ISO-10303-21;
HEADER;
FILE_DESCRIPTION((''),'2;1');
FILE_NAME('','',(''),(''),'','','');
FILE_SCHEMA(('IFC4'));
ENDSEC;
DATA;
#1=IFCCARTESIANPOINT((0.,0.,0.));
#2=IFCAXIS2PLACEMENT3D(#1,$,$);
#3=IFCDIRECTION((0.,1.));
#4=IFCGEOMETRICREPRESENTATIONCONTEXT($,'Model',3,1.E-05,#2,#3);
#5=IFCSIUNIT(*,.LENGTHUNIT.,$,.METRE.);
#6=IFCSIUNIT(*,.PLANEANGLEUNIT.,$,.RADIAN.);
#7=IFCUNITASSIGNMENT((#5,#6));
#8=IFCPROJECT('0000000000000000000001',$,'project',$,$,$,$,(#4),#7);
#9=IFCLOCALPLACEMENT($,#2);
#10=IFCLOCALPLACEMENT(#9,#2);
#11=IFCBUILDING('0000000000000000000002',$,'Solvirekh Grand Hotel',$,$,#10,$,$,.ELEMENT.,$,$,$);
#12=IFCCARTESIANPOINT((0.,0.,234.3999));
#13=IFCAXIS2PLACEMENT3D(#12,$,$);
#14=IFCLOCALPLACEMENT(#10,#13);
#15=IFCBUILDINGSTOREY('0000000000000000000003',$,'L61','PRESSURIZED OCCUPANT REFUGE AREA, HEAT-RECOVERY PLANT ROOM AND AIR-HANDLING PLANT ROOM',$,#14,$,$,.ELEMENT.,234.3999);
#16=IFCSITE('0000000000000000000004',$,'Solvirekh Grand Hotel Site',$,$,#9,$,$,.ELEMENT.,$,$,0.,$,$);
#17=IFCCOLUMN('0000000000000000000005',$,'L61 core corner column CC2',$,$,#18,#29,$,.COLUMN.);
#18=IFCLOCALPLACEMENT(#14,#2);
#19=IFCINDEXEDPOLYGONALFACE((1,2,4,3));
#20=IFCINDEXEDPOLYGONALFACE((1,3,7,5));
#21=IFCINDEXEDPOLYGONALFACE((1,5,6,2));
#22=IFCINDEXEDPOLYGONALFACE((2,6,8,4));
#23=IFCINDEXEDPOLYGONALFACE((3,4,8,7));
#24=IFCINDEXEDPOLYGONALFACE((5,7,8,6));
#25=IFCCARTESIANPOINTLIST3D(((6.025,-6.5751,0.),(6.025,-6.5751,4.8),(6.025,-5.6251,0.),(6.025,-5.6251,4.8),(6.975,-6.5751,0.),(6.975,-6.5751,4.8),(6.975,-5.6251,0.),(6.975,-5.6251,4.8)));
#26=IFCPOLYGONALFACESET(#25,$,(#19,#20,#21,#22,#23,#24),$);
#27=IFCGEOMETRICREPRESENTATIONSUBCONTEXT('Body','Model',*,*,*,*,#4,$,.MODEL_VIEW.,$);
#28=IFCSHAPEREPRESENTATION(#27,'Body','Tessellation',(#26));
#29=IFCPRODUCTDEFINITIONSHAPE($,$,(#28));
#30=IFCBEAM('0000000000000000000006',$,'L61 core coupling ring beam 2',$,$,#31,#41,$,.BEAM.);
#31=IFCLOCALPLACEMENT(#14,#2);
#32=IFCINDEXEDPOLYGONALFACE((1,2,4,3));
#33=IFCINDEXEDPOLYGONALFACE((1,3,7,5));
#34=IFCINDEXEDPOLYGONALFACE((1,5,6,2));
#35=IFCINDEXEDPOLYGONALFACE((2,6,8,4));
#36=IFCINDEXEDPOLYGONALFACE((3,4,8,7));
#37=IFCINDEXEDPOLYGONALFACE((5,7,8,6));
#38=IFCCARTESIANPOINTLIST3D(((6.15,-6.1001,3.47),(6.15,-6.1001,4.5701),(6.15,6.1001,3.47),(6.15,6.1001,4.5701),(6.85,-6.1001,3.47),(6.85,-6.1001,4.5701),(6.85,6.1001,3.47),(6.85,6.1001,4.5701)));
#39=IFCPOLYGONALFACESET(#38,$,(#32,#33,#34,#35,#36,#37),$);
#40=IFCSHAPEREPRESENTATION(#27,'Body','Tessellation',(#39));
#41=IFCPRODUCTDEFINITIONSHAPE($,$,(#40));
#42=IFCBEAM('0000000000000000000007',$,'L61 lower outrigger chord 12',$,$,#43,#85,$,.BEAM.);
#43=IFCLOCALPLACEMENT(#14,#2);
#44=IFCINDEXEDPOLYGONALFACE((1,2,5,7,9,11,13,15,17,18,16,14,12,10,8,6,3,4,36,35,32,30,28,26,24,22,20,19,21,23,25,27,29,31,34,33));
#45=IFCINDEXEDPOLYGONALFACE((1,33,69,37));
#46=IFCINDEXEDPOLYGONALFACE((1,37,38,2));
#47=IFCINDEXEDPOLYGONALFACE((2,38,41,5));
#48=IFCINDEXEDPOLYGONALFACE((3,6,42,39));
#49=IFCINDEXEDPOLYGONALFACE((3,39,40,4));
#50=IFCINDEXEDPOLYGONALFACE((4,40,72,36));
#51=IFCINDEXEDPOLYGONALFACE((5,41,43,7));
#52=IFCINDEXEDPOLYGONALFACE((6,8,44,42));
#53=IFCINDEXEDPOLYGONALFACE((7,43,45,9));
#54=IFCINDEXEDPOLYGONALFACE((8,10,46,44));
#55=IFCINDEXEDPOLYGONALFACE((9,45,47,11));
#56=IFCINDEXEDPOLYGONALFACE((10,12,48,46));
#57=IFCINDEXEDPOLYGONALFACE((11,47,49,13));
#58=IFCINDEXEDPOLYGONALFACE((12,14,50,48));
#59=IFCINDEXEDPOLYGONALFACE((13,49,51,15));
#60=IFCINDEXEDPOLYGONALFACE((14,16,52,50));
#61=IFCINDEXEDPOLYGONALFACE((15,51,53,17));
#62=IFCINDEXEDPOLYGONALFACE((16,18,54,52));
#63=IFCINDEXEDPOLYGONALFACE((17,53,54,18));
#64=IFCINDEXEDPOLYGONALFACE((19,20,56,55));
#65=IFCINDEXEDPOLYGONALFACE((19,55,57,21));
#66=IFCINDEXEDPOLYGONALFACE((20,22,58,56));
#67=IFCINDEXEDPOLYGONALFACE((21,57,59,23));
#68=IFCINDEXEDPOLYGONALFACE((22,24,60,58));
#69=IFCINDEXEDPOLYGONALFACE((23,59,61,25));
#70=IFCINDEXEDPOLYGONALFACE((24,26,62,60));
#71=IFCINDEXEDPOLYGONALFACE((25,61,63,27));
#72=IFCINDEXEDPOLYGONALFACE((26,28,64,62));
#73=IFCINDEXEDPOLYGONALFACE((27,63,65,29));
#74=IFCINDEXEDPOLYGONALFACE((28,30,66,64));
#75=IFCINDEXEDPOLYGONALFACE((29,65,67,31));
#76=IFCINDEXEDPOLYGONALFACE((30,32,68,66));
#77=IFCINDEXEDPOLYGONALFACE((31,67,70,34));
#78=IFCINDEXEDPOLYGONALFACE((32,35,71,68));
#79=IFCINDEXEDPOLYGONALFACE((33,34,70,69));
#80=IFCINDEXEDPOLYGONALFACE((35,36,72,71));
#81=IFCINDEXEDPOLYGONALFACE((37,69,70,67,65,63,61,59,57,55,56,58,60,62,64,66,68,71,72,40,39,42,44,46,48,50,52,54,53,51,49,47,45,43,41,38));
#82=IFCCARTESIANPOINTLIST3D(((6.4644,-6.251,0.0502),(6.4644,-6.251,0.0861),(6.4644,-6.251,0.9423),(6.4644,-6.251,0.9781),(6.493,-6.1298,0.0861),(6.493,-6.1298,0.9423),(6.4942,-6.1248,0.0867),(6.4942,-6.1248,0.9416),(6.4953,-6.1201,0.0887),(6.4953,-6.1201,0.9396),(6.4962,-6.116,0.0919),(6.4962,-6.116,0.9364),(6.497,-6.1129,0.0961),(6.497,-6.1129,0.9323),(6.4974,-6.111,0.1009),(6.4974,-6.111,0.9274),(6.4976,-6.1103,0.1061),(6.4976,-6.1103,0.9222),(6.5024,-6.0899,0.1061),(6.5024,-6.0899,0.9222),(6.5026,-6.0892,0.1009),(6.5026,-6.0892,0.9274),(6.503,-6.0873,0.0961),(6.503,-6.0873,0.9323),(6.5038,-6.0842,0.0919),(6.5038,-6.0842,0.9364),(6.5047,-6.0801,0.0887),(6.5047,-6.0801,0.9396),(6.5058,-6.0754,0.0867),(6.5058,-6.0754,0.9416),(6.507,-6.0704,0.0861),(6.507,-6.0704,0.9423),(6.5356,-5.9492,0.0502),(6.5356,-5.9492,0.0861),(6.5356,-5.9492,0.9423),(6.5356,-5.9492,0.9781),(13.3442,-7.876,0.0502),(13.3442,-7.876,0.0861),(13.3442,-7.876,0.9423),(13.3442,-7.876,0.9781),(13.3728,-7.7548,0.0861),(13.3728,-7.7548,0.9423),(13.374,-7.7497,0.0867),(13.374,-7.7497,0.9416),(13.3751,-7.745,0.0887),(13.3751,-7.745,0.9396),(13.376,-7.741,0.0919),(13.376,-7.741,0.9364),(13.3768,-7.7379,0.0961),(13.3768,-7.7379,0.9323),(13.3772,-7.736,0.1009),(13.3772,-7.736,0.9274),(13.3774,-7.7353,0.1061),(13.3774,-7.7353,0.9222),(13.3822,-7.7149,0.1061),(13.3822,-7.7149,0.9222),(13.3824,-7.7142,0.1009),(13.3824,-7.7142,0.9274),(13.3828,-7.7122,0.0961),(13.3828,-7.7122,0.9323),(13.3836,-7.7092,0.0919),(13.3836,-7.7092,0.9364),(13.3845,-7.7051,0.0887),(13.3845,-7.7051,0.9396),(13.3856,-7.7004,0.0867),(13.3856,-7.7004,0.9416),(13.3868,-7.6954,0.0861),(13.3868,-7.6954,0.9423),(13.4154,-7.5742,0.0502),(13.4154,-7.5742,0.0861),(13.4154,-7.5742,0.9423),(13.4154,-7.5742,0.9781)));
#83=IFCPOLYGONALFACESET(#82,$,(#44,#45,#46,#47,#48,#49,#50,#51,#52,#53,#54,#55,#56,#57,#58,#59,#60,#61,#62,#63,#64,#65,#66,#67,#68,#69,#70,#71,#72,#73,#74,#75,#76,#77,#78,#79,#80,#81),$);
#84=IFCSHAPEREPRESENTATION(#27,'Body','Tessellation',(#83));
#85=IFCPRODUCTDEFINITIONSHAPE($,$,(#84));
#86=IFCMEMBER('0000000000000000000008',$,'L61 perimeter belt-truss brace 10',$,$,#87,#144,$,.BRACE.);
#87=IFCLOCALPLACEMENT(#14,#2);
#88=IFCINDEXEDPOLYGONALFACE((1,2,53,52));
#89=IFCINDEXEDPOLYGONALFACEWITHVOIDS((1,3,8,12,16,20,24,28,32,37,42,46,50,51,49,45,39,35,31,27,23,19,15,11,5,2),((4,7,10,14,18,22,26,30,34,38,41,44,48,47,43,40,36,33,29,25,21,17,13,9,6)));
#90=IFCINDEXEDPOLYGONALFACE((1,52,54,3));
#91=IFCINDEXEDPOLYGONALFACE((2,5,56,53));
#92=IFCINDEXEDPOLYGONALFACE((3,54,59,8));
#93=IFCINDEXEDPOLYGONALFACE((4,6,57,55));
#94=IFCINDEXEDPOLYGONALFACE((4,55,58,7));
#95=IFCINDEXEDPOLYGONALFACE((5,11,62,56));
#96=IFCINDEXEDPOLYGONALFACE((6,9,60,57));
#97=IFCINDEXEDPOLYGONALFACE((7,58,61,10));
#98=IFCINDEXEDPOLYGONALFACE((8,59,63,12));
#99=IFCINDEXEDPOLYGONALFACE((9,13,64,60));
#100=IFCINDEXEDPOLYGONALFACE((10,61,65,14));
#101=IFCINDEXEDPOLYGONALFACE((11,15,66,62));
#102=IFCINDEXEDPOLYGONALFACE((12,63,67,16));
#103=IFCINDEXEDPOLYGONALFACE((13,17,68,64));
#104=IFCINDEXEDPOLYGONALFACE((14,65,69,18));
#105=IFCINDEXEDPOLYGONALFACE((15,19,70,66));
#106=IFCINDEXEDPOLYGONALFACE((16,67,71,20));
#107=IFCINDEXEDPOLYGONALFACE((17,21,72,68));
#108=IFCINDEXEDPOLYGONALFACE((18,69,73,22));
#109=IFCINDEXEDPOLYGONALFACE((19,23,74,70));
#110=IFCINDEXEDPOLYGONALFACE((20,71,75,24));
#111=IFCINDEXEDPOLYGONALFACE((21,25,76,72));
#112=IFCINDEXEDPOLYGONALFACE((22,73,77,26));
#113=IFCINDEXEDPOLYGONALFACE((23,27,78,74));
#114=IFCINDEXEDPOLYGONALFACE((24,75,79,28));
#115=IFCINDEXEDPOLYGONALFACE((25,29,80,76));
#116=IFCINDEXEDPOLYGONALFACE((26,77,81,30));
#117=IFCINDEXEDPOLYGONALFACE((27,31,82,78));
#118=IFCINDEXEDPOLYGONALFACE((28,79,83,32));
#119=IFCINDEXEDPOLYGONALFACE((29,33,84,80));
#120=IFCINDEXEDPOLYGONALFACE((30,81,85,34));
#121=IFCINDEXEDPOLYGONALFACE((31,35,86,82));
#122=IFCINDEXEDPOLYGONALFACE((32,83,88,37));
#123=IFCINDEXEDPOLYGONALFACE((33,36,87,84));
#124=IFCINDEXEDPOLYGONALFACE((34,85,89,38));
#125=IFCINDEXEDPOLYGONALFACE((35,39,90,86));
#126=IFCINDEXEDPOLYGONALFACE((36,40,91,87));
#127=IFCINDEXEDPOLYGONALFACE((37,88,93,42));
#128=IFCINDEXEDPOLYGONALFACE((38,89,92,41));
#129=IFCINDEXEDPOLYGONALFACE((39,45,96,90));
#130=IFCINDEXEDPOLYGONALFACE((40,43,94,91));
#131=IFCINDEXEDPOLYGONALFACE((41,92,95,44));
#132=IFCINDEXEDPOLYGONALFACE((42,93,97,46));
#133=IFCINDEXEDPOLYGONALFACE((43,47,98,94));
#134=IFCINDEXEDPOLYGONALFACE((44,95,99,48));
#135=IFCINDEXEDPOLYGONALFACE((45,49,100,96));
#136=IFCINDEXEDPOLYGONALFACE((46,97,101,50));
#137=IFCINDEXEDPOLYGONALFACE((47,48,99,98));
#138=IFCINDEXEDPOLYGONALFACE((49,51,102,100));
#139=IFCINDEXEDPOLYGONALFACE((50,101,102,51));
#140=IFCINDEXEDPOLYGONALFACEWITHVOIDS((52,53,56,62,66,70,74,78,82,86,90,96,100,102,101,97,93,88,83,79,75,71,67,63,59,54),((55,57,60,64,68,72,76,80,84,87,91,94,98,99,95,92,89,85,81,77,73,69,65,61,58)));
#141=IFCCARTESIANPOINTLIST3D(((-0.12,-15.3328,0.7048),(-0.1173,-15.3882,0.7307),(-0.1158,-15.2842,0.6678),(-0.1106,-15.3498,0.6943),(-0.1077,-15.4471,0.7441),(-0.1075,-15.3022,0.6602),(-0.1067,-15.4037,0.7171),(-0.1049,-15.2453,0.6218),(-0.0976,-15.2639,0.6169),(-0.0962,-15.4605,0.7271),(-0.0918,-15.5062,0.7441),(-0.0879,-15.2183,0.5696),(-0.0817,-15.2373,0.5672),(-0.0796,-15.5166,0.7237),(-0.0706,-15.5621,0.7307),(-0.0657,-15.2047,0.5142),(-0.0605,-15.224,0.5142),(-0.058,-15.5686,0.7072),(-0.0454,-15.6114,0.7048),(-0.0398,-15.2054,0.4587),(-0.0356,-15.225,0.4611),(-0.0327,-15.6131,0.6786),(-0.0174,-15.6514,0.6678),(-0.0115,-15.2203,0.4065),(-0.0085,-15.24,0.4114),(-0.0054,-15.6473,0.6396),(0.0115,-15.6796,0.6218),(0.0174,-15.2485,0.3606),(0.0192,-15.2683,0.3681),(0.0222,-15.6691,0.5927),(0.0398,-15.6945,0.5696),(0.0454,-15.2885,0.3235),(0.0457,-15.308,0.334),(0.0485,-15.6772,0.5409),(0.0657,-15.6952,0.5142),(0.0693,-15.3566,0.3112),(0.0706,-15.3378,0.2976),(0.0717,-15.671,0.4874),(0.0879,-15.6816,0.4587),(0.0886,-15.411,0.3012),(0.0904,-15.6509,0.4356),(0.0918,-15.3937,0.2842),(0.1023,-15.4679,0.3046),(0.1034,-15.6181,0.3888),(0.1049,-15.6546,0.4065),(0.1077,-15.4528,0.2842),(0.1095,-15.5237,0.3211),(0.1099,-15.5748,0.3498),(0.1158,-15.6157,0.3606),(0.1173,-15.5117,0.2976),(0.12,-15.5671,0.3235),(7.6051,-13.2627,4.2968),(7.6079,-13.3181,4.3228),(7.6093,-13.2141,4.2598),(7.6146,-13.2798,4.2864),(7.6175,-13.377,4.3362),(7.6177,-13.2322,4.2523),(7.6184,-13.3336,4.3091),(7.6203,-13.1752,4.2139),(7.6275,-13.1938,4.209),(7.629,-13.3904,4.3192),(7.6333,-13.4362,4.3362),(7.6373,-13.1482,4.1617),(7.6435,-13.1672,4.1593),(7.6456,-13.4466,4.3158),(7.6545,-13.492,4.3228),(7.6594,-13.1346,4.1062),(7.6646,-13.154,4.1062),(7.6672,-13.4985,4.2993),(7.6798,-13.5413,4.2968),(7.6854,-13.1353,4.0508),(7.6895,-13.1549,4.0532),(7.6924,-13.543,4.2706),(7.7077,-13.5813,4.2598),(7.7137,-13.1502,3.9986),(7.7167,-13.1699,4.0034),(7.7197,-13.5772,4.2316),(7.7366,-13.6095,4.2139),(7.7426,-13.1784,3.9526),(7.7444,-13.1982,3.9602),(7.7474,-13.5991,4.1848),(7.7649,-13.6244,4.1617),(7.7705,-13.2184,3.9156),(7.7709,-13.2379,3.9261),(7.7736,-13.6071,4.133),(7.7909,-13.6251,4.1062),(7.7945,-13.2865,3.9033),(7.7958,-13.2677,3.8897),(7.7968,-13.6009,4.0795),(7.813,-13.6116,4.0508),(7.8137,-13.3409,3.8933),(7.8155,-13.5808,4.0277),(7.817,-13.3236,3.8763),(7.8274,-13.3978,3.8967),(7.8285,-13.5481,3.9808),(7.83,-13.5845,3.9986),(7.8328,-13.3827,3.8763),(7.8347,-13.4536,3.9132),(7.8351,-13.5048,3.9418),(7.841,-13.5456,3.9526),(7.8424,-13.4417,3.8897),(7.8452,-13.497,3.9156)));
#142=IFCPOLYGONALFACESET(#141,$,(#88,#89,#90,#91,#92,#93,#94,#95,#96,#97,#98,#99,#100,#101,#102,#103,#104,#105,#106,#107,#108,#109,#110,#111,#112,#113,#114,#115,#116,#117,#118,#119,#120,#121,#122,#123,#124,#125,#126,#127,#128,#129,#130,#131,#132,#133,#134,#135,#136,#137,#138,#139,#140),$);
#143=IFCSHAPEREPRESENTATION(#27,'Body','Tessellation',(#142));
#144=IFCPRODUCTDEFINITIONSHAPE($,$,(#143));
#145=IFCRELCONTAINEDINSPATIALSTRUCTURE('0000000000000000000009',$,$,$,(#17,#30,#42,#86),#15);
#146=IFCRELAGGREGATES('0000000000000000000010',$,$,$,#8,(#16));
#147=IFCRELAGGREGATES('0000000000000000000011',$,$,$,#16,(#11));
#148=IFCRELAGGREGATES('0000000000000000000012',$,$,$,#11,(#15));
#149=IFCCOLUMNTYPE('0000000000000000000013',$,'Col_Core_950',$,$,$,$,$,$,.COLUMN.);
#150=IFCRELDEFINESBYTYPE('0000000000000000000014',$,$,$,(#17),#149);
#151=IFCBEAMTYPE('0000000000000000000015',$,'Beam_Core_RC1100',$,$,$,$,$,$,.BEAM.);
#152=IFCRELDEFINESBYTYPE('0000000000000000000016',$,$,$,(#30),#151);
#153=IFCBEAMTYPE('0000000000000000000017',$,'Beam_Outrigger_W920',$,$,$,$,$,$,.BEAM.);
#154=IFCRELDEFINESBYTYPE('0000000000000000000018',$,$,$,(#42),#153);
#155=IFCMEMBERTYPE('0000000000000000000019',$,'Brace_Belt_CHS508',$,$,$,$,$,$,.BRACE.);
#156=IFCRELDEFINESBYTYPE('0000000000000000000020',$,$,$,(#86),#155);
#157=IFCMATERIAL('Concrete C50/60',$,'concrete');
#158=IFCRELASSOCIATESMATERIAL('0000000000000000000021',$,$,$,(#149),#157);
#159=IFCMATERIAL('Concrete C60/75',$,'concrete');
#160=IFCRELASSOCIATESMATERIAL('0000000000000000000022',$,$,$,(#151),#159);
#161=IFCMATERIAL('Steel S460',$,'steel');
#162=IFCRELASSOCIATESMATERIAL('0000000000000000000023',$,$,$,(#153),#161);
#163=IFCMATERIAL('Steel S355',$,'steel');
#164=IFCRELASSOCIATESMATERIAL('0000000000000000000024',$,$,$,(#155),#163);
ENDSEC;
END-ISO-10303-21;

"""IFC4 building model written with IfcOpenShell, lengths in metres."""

from ifc_helpers import new_model, si_unit, direction, frame, origin, origin_2d, place, context, subcontext, project, spatial, rectangle, hollow_circle, i_section, extrude, material, material_profile, profile_set, type_object, element, save


model = new_model("IFC4")

# Units and contexts
model_context = context("Model", 3, precision=1e-05, world=origin(), true_north=direction((0.0, 1.0)))
body_context = subcontext(model_context, "Body", "Model", "MODEL_VIEW")
ifc_project = project(units=[si_unit("LENGTHUNIT", "METRE"), si_unit("PLANEANGLEUNIT", "RADIAN")], contexts=[model_context])

# Site, building, storey
site_placement = place(None, origin())
site = spatial("IfcSite", under=ifc_project, at=site_placement, Name="Solvirekh Grand Hotel Site", CompositionType="ELEMENT", RefElevation=0.0)
building_placement = place(site_placement, origin())
building = spatial("IfcBuilding", under=site, at=building_placement, Name="Solvirekh Grand Hotel", CompositionType="ELEMENT")
storey_placement = place(building_placement, frame((0.0, 0.0, 234.3999)))
storey = spatial("IfcBuildingStorey", under=building, at=storey_placement, Name="L61", Description="PRESSURIZED OCCUPANT REFUGE AREA, HEAT-RECOVERY PLANT ROOM AND AIR-HANDLING PLANT ROOM", CompositionType="ELEMENT", Elevation=234.3999)

# Column
ifc_material_1 = material(Name="Concrete C50/60", Category="concrete")
ifc_material_profile_1 = material_profile(ifc_material_1, rectangle(XDim=0.95, YDim=0.95, at=origin_2d()), Name="RC 950X950")
ifc_profile_set_1 = profile_set([ifc_material_profile_1], Name="Concrete C50/60")
column_type = type_object("IfcColumnType", Name="Col_Core_950", PredefinedType="COLUMN", material=ifc_profile_set_1)
column_placement = place(storey_placement, frame((6.5, -6.1001, 0.0), z_axis=(0.0, 0.0, 1.0), x_axis=(1.0, 0.0, 0.0)))
element("IfcColumn", 1, at=column_placement, inside=storey, type_object=column_type, Name="L61 core corner column CC2", PredefinedType="COLUMN", context=body_context, shape_type="SweptSolid", body=[
    extrude(rectangle(XDim=0.95, YDim=0.95, at=origin_2d()), origin(), (0.0, 0.0, 1.0), 4.8),
])

# Beams
ifc_material_2 = material(Name="Concrete C60/75", Category="concrete")
ifc_material_profile_2 = material_profile(ifc_material_2, rectangle(XDim=0.7, YDim=1.1001, at=origin_2d()), Name="RC BEAM 700X1100")
ifc_profile_set_2 = profile_set([ifc_material_profile_2], Name="Concrete C60/75")
beam_type_1 = type_object("IfcBeamType", Name="Beam_Core_RC1100", PredefinedType="BEAM", material=ifc_profile_set_2)
beam_1_placement = place(storey_placement, frame((6.5, -6.1001, 4.02), z_axis=(0.0, 1.0, 0.0), x_axis=(-1.0, 0.0, 0.0)))
element("IfcBeam", 2, at=beam_1_placement, inside=storey, type_object=beam_type_1, Name="L61 core coupling ring beam 2", PredefinedType="BEAM", context=body_context, shape_type="SweptSolid", body=[
    extrude(rectangle(XDim=0.7, YDim=1.1001, at=origin_2d()), origin(), (0.0, 0.0, 1.0), 12.2002),
])
ifc_material_3 = material(Name="Steel S460", Category="steel")
ifc_material_profile_3 = material_profile(ifc_material_3, i_section(OverallWidth=0.3101, OverallDepth=0.928, WebThickness=0.021, FlangeThickness=0.0359, FilletRadius=0.02, at=origin_2d()), Name="W920X342")
ifc_profile_set_3 = profile_set([ifc_material_profile_3], Name="Steel S460")
beam_type_2 = type_object("IfcBeamType", Name="Beam_Outrigger_W920", PredefinedType="BEAM", material=ifc_profile_set_3)
beam_2_placement = place(storey_placement, frame((6.5, -6.1001, 0.5142), z_axis=(0.973221, -0.229871, 0.0), x_axis=(0.229871, 0.973221, 0.0)))
element("IfcBeam", 3, at=beam_2_placement, inside=storey, type_object=beam_type_2, Name="L61 lower outrigger chord 12", PredefinedType="BEAM", context=body_context, shape_type="SweptSolid", body=[
    extrude(i_section(OverallWidth=0.3101, OverallDepth=0.928, WebThickness=0.021, FlangeThickness=0.0359, FilletRadius=0.02, at=origin_2d()), origin(), (0.0, 0.0, 1.0), 7.0691),
])

# Member
ifc_material_4 = material(Name="Steel S355", Category="steel")
ifc_material_profile_4 = material_profile(ifc_material_4, hollow_circle(Radius=0.2539, WallThickness=0.02, at=origin_2d()), Name="CHS 508X20")
ifc_profile_set_4 = profile_set([ifc_material_profile_4], Name="Steel S355")
member_type_1 = type_object("IfcMemberType", Name="Brace_Belt_CHS508", PredefinedType="BRACE", material=ifc_profile_set_4)
member_1_placement = place(storey_placement, frame((0.0, -15.45, 0.5142), z_axis=(0.881129, 0.236113, 0.40971), x_axis=(-0.258835, 0.965922, 0.0)))
element("IfcMember", 4, at=member_1_placement, inside=storey, type_object=member_type_1, Name="L61 perimeter belt-truss brace 10", PredefinedType="BRACE", context=body_context, shape_type="SweptSolid", body=[
    extrude(hollow_circle(Radius=0.2539, WallThickness=0.02, at=origin_2d()), origin(), (0.0, 0.0, 1.0), 8.7673),
])

save(model, "model.ifc")
